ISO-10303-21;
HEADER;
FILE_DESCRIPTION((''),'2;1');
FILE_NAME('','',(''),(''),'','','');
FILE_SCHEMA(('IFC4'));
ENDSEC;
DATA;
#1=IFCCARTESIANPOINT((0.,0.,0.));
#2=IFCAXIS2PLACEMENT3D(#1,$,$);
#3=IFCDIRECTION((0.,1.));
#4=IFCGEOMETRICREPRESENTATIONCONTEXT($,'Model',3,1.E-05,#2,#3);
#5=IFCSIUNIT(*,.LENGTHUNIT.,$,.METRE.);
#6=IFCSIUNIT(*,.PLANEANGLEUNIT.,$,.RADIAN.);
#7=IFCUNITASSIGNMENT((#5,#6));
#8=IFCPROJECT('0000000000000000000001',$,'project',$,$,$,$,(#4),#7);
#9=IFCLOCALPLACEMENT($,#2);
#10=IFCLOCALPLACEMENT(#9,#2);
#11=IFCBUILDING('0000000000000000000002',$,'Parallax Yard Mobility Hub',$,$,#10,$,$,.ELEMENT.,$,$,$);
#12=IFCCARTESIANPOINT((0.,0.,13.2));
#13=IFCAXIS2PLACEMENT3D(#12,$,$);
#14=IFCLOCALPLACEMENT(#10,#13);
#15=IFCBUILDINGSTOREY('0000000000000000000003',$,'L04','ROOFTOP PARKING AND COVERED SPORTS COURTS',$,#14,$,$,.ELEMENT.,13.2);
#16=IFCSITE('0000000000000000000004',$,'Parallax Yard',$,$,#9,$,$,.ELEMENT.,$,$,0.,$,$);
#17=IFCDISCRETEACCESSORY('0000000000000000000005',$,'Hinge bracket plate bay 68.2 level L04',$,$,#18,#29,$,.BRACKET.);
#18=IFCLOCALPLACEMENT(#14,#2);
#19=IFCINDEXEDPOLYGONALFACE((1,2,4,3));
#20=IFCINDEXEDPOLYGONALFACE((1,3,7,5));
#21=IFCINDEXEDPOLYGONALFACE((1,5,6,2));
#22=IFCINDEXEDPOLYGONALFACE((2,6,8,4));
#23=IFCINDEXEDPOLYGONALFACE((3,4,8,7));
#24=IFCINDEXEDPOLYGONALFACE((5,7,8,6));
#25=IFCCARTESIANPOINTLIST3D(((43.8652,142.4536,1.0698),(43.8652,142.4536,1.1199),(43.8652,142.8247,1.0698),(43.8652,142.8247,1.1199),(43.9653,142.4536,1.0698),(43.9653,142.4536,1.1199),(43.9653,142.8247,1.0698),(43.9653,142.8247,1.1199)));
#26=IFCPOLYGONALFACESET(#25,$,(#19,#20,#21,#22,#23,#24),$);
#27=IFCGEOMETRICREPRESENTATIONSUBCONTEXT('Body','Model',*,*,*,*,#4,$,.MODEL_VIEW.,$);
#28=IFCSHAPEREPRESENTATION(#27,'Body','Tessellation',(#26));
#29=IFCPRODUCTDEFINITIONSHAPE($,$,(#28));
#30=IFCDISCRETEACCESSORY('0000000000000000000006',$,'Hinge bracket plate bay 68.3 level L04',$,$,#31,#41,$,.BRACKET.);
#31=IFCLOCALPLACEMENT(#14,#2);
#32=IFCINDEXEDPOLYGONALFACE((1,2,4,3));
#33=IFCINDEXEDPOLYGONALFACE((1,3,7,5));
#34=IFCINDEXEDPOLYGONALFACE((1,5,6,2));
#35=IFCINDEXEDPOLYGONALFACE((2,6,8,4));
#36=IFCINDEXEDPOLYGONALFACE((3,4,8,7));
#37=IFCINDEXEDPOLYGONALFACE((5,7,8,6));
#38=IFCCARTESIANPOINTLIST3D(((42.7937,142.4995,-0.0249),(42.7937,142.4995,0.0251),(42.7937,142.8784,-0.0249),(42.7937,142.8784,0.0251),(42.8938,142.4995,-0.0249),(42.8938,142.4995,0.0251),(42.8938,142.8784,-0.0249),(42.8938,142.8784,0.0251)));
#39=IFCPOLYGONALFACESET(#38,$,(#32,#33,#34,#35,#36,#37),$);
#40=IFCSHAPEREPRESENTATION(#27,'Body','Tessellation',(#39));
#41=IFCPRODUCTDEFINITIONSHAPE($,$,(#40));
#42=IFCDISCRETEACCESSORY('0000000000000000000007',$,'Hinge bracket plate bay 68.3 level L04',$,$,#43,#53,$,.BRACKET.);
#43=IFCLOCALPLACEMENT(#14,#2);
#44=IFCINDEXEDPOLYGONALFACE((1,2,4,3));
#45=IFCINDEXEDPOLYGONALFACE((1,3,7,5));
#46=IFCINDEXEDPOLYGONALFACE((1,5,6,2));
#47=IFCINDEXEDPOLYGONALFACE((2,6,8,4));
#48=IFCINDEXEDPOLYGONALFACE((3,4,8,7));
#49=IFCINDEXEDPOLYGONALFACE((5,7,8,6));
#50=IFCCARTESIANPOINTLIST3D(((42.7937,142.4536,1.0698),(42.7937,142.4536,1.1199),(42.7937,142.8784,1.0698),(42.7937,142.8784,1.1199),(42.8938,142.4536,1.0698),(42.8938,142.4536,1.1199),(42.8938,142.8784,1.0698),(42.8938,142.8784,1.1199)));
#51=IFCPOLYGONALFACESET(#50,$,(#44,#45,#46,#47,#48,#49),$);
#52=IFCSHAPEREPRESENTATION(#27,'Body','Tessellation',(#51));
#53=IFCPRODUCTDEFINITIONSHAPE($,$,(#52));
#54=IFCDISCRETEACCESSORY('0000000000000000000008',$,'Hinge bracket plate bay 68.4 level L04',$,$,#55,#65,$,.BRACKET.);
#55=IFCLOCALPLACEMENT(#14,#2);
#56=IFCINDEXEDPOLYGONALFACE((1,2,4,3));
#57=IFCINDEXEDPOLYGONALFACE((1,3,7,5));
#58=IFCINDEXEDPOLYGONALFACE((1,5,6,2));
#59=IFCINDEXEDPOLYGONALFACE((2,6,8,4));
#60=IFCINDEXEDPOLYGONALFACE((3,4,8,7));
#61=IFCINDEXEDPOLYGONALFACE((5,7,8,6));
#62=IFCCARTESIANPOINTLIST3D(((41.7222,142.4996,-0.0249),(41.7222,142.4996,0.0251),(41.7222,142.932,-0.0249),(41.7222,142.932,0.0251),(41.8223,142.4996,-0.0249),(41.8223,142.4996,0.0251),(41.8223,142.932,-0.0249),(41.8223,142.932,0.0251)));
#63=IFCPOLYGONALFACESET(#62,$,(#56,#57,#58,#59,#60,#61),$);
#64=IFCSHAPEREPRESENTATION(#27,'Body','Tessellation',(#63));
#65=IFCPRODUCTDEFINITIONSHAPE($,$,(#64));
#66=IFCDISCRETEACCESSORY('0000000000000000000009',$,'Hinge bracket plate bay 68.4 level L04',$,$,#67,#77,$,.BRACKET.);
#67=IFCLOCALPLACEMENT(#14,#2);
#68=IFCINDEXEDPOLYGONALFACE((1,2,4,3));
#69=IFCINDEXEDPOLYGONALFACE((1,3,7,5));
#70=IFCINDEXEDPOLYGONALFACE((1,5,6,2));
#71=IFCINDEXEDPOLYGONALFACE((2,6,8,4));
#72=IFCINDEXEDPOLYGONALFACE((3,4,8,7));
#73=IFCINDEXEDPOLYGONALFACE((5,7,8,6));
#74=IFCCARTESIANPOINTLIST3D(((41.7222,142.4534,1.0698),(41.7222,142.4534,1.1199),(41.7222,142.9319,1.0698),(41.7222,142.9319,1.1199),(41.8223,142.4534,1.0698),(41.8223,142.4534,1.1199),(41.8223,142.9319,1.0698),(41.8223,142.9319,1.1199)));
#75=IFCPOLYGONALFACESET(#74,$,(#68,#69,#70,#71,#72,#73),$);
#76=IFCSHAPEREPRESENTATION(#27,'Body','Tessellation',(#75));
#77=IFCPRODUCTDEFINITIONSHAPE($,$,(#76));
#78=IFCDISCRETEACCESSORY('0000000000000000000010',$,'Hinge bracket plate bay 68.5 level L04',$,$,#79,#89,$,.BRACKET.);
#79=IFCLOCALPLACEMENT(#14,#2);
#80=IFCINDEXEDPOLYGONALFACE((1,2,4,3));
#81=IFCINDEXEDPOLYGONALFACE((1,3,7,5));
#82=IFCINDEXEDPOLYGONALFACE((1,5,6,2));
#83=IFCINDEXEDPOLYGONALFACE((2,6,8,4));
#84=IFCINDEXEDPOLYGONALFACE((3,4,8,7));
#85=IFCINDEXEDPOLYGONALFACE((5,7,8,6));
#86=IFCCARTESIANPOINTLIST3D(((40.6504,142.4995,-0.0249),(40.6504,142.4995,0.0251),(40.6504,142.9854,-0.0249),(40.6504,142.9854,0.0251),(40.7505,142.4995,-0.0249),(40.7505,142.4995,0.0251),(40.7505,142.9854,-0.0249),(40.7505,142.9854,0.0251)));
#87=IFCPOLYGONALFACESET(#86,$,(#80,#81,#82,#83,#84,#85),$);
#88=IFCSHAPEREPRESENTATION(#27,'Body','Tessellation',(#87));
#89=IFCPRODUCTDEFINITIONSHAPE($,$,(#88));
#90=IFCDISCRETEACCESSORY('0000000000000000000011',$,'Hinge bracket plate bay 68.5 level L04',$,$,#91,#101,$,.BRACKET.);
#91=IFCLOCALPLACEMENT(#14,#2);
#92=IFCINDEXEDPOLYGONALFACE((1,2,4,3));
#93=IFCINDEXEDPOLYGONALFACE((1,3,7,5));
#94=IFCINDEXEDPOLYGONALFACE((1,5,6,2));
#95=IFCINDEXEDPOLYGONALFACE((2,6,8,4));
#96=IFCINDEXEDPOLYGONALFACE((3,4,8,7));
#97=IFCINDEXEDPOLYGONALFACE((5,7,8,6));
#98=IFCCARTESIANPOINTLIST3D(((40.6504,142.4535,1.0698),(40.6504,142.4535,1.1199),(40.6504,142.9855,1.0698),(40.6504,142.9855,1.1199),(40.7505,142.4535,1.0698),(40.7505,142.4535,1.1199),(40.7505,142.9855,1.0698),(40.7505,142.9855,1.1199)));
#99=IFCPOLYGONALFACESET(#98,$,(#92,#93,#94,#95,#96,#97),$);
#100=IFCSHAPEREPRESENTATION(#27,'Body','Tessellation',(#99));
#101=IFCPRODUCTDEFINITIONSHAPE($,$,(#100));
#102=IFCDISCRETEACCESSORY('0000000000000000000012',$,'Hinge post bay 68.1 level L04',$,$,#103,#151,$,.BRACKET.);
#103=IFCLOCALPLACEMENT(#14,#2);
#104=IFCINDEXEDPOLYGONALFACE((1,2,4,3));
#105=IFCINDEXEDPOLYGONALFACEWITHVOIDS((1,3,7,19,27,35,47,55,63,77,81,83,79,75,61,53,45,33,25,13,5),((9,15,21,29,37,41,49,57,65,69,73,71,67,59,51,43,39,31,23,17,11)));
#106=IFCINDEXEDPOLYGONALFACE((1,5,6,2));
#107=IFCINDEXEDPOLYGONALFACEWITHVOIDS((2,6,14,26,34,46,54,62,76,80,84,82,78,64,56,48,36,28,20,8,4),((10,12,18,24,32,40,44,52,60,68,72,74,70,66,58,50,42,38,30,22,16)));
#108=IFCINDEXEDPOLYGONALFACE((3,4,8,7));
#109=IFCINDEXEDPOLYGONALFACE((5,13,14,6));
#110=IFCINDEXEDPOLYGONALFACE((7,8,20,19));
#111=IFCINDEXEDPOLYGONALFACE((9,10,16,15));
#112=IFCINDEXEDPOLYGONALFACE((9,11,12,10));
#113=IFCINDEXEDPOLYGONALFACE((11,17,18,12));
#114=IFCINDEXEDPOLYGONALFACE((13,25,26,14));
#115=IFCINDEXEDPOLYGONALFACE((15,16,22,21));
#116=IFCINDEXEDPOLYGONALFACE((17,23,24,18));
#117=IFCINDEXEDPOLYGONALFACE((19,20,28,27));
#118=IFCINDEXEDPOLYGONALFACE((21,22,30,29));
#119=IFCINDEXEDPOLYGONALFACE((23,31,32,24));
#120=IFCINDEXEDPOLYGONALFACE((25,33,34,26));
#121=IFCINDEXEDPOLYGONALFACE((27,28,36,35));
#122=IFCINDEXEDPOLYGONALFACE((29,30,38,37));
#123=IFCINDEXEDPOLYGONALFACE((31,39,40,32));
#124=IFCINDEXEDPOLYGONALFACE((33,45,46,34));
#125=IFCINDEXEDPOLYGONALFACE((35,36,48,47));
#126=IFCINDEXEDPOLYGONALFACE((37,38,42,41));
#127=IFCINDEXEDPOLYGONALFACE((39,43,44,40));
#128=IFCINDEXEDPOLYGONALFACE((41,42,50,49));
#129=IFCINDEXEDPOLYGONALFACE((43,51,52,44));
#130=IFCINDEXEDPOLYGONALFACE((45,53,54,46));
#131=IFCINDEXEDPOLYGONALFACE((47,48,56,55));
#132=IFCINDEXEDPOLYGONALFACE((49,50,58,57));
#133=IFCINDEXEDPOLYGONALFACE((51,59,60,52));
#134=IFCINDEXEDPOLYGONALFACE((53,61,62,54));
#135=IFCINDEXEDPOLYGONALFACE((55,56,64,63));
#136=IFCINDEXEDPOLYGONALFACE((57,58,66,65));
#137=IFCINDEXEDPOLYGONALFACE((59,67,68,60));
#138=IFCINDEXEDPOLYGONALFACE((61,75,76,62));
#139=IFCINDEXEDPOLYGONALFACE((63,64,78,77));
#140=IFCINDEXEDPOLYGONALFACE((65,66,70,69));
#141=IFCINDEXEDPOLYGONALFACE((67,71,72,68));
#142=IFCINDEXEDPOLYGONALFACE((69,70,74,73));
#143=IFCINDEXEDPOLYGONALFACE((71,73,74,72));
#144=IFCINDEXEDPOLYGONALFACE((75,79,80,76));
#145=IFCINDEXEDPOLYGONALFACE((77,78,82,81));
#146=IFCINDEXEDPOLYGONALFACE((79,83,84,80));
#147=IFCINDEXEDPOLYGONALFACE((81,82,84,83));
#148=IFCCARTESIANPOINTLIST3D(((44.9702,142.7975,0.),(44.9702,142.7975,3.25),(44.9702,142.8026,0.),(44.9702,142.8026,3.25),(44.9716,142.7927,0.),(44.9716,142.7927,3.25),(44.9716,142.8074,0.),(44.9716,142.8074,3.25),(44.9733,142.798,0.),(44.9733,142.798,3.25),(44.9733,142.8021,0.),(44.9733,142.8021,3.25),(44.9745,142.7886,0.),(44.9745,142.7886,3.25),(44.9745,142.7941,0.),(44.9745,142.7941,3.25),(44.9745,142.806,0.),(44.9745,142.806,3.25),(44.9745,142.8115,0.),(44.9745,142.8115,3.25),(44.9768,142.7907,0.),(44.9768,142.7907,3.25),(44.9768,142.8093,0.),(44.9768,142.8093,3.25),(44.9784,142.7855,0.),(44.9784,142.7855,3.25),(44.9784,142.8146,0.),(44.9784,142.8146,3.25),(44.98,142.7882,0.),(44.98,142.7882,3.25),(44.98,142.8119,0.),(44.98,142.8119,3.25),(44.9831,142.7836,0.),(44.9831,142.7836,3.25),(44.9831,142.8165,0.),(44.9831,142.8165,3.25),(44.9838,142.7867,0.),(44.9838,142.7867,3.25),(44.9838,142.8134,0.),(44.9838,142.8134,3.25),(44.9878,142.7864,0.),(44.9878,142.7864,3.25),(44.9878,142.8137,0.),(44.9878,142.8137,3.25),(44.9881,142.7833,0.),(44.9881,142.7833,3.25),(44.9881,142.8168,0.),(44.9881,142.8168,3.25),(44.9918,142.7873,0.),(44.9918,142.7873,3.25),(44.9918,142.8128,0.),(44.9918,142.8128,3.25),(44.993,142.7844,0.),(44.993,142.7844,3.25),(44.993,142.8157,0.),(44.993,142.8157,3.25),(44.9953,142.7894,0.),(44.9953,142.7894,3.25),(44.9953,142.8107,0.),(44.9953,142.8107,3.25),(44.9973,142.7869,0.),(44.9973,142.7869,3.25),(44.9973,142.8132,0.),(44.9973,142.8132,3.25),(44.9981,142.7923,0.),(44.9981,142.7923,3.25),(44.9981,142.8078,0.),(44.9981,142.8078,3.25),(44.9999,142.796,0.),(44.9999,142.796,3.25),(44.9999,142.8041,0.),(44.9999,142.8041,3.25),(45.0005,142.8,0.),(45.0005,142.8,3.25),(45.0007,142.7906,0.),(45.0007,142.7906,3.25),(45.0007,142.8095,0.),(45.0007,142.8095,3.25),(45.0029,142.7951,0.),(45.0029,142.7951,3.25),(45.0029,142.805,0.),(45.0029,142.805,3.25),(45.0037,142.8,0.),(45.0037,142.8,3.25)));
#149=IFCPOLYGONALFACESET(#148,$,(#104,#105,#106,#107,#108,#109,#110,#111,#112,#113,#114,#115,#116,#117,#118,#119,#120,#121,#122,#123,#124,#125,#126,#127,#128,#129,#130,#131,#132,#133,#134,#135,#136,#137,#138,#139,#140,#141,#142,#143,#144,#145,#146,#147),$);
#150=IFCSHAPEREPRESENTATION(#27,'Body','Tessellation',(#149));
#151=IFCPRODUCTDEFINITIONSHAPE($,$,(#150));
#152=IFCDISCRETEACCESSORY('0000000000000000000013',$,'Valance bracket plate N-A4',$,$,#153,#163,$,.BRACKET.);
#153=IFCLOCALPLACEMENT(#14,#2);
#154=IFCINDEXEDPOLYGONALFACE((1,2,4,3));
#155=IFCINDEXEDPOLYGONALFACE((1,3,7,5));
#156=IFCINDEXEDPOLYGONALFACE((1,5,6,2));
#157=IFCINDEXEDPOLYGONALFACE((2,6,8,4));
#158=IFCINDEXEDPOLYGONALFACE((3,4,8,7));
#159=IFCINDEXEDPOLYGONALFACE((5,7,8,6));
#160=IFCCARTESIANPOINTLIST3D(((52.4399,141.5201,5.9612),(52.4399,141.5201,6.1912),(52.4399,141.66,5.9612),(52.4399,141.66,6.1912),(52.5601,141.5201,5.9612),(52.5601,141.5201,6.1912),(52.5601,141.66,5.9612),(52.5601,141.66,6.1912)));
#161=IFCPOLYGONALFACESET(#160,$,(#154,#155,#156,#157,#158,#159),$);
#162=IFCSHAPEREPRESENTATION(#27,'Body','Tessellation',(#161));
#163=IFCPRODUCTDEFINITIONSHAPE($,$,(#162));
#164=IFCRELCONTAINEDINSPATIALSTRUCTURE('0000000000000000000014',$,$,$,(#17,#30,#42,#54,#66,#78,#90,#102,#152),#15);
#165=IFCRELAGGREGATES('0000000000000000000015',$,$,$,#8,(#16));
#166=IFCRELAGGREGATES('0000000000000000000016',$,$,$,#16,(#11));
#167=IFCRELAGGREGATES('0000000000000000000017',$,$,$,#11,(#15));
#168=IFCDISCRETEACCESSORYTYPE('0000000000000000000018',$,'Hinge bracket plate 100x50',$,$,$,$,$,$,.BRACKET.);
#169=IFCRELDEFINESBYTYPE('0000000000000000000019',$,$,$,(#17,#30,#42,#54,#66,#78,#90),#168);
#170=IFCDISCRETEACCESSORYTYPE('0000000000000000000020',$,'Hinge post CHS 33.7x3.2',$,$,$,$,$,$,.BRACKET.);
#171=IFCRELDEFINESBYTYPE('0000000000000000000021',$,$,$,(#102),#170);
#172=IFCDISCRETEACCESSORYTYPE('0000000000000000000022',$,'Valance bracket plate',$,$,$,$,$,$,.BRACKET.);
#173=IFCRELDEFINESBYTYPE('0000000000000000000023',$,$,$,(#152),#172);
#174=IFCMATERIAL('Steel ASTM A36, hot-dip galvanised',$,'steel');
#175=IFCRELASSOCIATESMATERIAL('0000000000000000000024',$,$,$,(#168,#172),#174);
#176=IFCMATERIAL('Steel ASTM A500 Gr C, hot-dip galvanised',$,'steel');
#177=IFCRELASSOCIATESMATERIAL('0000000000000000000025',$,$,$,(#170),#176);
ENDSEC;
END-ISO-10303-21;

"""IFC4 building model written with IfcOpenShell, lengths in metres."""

from ifc_helpers import new_model, si_unit, direction, frame, origin, origin_2d, place, context, subcontext, project, spatial, rectangle, hollow_circle, extrude, material, material_profile, profile_set, type_object, element, save


model = new_model("IFC4")

# Units and contexts
model_context = context("Model", 3, precision=1e-05, world=origin(), true_north=direction((0.0, 1.0)))
body_context = subcontext(model_context, "Body", "Model", "MODEL_VIEW")
ifc_project = project(units=[si_unit("LENGTHUNIT", "METRE"), si_unit("PLANEANGLEUNIT", "RADIAN")], contexts=[model_context])

# Site, building, storey
site_placement = place(None, origin())
site = spatial("IfcSite", under=ifc_project, at=site_placement, Name="Parallax Yard", CompositionType="ELEMENT", RefElevation=0.0)
building_placement = place(site_placement, origin())
building = spatial("IfcBuilding", under=site, at=building_placement, Name="Parallax Yard Mobility Hub", CompositionType="ELEMENT")
storey_placement = place(building_placement, frame((0.0, 0.0, 13.2)))
storey = spatial("IfcBuildingStorey", under=building, at=storey_placement, Name="L04", Description="ROOFTOP PARKING AND COVERED SPORTS COURTS", CompositionType="ELEMENT", Elevation=13.2)

# Discrete accessories
ifc_material_1 = material(Name="Steel ASTM A36, hot-dip galvanised", Category="steel")
discrete_accessory_type_1 = type_object("IfcDiscreteAccessoryType", Name="Hinge bracket plate 100x50", PredefinedType="BRACKET", material=ifc_material_1)
discrete_accessory_1_placement = place(storey_placement, frame((43.9153, 142.6392, 1.0698), z_axis=(0.0, 0.0, 1.0), x_axis=(0.0, 1.0, 0.0)))
element("IfcDiscreteAccessory", 1, at=discrete_accessory_1_placement, inside=storey, type_object=discrete_accessory_type_1, Name="Hinge bracket plate bay 68.2 level L04", PredefinedType="BRACKET", context=body_context, shape_type="SweptSolid", body=[
    extrude(rectangle(XDim=0.3711, YDim=0.1001, at=origin_2d()), origin(), (0.0, 0.0, 1.0), 0.05),
])
discrete_accessory_2_placement = place(storey_placement, frame((42.8438, 142.689, -0.0249), z_axis=(0.0, 0.0, 1.0), x_axis=(0.0, 1.0, 0.0)))
element("IfcDiscreteAccessory", 2, at=discrete_accessory_2_placement, inside=storey, type_object=discrete_accessory_type_1, Name="Hinge bracket plate bay 68.3 level L04", PredefinedType="BRACKET", context=body_context, shape_type="SweptSolid", body=[
    extrude(rectangle(XDim=0.3789, YDim=0.1001, at=origin_2d()), origin(), (0.0, 0.0, 1.0), 0.05),
])
discrete_accessory_3_placement = place(storey_placement, frame((42.8438, 142.666, 1.0698), z_axis=(0.0, 0.0, 1.0), x_axis=(0.0, 1.0, 0.0)))
element("IfcDiscreteAccessory", 3, at=discrete_accessory_3_placement, inside=storey, type_object=discrete_accessory_type_1, Name="Hinge bracket plate bay 68.3 level L04", PredefinedType="BRACKET", context=body_context, shape_type="SweptSolid", body=[
    extrude(rectangle(XDim=0.4248, YDim=0.1001, at=origin_2d()), origin(), (0.0, 0.0, 1.0), 0.05),
])
discrete_accessory_4_placement = place(storey_placement, frame((41.7722, 142.7158, -0.0249), z_axis=(0.0, 0.0, 1.0), x_axis=(0.0, 1.0, 0.0)))
element("IfcDiscreteAccessory", 4, at=discrete_accessory_4_placement, inside=storey, type_object=discrete_accessory_type_1, Name="Hinge bracket plate bay 68.4 level L04", PredefinedType="BRACKET", context=body_context, shape_type="SweptSolid", body=[
    extrude(rectangle(XDim=0.4324, YDim=0.1001, at=origin_2d()), origin(), (0.0, 0.0, 1.0), 0.05),
])
discrete_accessory_5_placement = place(storey_placement, frame((41.7722, 142.6926, 1.0698), z_axis=(0.0, 0.0, 1.0), x_axis=(0.0, 1.0, 0.0)))
element("IfcDiscreteAccessory", 5, at=discrete_accessory_5_placement, inside=storey, type_object=discrete_accessory_type_1, Name="Hinge bracket plate bay 68.4 level L04", PredefinedType="BRACKET", context=body_context, shape_type="SweptSolid", body=[
    extrude(rectangle(XDim=0.4785, YDim=0.1001, at=origin_2d()), origin(), (0.0, 0.0, 1.0), 0.05),
])
discrete_accessory_6_placement = place(storey_placement, frame((40.7004, 142.7424, -0.0249), z_axis=(0.0, 0.0, 1.0), x_axis=(0.0, 1.0, 0.0)))
element("IfcDiscreteAccessory", 6, at=discrete_accessory_6_placement, inside=storey, type_object=discrete_accessory_type_1, Name="Hinge bracket plate bay 68.5 level L04", PredefinedType="BRACKET", context=body_context, shape_type="SweptSolid", body=[
    extrude(rectangle(XDim=0.4858, YDim=0.1001, at=origin_2d()), origin(), (0.0, 0.0, 1.0), 0.05),
])
discrete_accessory_7_placement = place(storey_placement, frame((40.7004, 142.7195, 1.0698), z_axis=(0.0, 0.0, 1.0), x_axis=(0.0, 1.0, 0.0)))
element("IfcDiscreteAccessory", 7, at=discrete_accessory_7_placement, inside=storey, type_object=discrete_accessory_type_1, Name="Hinge bracket plate bay 68.5 level L04", PredefinedType="BRACKET", context=body_context, shape_type="SweptSolid", body=[
    extrude(rectangle(XDim=0.532, YDim=0.1001, at=origin_2d()), origin(), (0.0, 0.0, 1.0), 0.05),
])
ifc_material_2 = material(Name="Steel ASTM A500 Gr C, hot-dip galvanised", Category="steel")
ifc_material_profile_1 = material_profile(ifc_material_2, hollow_circle(Radius=0.0168, WallThickness=0.0032, at=origin_2d()), Name="CHS 33.7x3.2")
ifc_profile_set_1 = profile_set([ifc_material_profile_1], Name="Steel ASTM A500 Gr C, hot-dip galvanised")
discrete_accessory_type_2 = type_object("IfcDiscreteAccessoryType", Name="Hinge post CHS 33.7x3.2", PredefinedType="BRACKET", material=ifc_profile_set_1)
discrete_accessory_8_placement = place(storey_placement, frame((44.9868, 142.8, 0.0), z_axis=(0.0, 0.0, 1.0), x_axis=(1.0, 0.0, 0.0)))
element("IfcDiscreteAccessory", 8, at=discrete_accessory_8_placement, inside=storey, type_object=discrete_accessory_type_2, Name="Hinge post bay 68.1 level L04", PredefinedType="BRACKET", context=body_context, shape_type="SweptSolid", body=[
    extrude(hollow_circle(Radius=0.0168, WallThickness=0.0032, at=origin_2d()), origin(), (0.0, 0.0, 1.0), 3.25),
])
discrete_accessory_type_3 = type_object("IfcDiscreteAccessoryType", Name="Valance bracket plate", PredefinedType="BRACKET", material=ifc_material_1)
discrete_accessory_9_placement = place(storey_placement, frame((52.5, 141.5901, 5.9612), z_axis=(0.0, 0.0, 1.0), x_axis=(0.0, 1.0, 0.0)))
element("IfcDiscreteAccessory", 9, at=discrete_accessory_9_placement, inside=storey, type_object=discrete_accessory_type_3, Name="Valance bracket plate N-A4", PredefinedType="BRACKET", context=body_context, shape_type="SweptSolid", body=[
    extrude(rectangle(XDim=0.1399, YDim=0.1201, at=origin_2d()), origin(), (0.0, 0.0, 1.0), 0.23),
])

save(model, "model.ifc")
